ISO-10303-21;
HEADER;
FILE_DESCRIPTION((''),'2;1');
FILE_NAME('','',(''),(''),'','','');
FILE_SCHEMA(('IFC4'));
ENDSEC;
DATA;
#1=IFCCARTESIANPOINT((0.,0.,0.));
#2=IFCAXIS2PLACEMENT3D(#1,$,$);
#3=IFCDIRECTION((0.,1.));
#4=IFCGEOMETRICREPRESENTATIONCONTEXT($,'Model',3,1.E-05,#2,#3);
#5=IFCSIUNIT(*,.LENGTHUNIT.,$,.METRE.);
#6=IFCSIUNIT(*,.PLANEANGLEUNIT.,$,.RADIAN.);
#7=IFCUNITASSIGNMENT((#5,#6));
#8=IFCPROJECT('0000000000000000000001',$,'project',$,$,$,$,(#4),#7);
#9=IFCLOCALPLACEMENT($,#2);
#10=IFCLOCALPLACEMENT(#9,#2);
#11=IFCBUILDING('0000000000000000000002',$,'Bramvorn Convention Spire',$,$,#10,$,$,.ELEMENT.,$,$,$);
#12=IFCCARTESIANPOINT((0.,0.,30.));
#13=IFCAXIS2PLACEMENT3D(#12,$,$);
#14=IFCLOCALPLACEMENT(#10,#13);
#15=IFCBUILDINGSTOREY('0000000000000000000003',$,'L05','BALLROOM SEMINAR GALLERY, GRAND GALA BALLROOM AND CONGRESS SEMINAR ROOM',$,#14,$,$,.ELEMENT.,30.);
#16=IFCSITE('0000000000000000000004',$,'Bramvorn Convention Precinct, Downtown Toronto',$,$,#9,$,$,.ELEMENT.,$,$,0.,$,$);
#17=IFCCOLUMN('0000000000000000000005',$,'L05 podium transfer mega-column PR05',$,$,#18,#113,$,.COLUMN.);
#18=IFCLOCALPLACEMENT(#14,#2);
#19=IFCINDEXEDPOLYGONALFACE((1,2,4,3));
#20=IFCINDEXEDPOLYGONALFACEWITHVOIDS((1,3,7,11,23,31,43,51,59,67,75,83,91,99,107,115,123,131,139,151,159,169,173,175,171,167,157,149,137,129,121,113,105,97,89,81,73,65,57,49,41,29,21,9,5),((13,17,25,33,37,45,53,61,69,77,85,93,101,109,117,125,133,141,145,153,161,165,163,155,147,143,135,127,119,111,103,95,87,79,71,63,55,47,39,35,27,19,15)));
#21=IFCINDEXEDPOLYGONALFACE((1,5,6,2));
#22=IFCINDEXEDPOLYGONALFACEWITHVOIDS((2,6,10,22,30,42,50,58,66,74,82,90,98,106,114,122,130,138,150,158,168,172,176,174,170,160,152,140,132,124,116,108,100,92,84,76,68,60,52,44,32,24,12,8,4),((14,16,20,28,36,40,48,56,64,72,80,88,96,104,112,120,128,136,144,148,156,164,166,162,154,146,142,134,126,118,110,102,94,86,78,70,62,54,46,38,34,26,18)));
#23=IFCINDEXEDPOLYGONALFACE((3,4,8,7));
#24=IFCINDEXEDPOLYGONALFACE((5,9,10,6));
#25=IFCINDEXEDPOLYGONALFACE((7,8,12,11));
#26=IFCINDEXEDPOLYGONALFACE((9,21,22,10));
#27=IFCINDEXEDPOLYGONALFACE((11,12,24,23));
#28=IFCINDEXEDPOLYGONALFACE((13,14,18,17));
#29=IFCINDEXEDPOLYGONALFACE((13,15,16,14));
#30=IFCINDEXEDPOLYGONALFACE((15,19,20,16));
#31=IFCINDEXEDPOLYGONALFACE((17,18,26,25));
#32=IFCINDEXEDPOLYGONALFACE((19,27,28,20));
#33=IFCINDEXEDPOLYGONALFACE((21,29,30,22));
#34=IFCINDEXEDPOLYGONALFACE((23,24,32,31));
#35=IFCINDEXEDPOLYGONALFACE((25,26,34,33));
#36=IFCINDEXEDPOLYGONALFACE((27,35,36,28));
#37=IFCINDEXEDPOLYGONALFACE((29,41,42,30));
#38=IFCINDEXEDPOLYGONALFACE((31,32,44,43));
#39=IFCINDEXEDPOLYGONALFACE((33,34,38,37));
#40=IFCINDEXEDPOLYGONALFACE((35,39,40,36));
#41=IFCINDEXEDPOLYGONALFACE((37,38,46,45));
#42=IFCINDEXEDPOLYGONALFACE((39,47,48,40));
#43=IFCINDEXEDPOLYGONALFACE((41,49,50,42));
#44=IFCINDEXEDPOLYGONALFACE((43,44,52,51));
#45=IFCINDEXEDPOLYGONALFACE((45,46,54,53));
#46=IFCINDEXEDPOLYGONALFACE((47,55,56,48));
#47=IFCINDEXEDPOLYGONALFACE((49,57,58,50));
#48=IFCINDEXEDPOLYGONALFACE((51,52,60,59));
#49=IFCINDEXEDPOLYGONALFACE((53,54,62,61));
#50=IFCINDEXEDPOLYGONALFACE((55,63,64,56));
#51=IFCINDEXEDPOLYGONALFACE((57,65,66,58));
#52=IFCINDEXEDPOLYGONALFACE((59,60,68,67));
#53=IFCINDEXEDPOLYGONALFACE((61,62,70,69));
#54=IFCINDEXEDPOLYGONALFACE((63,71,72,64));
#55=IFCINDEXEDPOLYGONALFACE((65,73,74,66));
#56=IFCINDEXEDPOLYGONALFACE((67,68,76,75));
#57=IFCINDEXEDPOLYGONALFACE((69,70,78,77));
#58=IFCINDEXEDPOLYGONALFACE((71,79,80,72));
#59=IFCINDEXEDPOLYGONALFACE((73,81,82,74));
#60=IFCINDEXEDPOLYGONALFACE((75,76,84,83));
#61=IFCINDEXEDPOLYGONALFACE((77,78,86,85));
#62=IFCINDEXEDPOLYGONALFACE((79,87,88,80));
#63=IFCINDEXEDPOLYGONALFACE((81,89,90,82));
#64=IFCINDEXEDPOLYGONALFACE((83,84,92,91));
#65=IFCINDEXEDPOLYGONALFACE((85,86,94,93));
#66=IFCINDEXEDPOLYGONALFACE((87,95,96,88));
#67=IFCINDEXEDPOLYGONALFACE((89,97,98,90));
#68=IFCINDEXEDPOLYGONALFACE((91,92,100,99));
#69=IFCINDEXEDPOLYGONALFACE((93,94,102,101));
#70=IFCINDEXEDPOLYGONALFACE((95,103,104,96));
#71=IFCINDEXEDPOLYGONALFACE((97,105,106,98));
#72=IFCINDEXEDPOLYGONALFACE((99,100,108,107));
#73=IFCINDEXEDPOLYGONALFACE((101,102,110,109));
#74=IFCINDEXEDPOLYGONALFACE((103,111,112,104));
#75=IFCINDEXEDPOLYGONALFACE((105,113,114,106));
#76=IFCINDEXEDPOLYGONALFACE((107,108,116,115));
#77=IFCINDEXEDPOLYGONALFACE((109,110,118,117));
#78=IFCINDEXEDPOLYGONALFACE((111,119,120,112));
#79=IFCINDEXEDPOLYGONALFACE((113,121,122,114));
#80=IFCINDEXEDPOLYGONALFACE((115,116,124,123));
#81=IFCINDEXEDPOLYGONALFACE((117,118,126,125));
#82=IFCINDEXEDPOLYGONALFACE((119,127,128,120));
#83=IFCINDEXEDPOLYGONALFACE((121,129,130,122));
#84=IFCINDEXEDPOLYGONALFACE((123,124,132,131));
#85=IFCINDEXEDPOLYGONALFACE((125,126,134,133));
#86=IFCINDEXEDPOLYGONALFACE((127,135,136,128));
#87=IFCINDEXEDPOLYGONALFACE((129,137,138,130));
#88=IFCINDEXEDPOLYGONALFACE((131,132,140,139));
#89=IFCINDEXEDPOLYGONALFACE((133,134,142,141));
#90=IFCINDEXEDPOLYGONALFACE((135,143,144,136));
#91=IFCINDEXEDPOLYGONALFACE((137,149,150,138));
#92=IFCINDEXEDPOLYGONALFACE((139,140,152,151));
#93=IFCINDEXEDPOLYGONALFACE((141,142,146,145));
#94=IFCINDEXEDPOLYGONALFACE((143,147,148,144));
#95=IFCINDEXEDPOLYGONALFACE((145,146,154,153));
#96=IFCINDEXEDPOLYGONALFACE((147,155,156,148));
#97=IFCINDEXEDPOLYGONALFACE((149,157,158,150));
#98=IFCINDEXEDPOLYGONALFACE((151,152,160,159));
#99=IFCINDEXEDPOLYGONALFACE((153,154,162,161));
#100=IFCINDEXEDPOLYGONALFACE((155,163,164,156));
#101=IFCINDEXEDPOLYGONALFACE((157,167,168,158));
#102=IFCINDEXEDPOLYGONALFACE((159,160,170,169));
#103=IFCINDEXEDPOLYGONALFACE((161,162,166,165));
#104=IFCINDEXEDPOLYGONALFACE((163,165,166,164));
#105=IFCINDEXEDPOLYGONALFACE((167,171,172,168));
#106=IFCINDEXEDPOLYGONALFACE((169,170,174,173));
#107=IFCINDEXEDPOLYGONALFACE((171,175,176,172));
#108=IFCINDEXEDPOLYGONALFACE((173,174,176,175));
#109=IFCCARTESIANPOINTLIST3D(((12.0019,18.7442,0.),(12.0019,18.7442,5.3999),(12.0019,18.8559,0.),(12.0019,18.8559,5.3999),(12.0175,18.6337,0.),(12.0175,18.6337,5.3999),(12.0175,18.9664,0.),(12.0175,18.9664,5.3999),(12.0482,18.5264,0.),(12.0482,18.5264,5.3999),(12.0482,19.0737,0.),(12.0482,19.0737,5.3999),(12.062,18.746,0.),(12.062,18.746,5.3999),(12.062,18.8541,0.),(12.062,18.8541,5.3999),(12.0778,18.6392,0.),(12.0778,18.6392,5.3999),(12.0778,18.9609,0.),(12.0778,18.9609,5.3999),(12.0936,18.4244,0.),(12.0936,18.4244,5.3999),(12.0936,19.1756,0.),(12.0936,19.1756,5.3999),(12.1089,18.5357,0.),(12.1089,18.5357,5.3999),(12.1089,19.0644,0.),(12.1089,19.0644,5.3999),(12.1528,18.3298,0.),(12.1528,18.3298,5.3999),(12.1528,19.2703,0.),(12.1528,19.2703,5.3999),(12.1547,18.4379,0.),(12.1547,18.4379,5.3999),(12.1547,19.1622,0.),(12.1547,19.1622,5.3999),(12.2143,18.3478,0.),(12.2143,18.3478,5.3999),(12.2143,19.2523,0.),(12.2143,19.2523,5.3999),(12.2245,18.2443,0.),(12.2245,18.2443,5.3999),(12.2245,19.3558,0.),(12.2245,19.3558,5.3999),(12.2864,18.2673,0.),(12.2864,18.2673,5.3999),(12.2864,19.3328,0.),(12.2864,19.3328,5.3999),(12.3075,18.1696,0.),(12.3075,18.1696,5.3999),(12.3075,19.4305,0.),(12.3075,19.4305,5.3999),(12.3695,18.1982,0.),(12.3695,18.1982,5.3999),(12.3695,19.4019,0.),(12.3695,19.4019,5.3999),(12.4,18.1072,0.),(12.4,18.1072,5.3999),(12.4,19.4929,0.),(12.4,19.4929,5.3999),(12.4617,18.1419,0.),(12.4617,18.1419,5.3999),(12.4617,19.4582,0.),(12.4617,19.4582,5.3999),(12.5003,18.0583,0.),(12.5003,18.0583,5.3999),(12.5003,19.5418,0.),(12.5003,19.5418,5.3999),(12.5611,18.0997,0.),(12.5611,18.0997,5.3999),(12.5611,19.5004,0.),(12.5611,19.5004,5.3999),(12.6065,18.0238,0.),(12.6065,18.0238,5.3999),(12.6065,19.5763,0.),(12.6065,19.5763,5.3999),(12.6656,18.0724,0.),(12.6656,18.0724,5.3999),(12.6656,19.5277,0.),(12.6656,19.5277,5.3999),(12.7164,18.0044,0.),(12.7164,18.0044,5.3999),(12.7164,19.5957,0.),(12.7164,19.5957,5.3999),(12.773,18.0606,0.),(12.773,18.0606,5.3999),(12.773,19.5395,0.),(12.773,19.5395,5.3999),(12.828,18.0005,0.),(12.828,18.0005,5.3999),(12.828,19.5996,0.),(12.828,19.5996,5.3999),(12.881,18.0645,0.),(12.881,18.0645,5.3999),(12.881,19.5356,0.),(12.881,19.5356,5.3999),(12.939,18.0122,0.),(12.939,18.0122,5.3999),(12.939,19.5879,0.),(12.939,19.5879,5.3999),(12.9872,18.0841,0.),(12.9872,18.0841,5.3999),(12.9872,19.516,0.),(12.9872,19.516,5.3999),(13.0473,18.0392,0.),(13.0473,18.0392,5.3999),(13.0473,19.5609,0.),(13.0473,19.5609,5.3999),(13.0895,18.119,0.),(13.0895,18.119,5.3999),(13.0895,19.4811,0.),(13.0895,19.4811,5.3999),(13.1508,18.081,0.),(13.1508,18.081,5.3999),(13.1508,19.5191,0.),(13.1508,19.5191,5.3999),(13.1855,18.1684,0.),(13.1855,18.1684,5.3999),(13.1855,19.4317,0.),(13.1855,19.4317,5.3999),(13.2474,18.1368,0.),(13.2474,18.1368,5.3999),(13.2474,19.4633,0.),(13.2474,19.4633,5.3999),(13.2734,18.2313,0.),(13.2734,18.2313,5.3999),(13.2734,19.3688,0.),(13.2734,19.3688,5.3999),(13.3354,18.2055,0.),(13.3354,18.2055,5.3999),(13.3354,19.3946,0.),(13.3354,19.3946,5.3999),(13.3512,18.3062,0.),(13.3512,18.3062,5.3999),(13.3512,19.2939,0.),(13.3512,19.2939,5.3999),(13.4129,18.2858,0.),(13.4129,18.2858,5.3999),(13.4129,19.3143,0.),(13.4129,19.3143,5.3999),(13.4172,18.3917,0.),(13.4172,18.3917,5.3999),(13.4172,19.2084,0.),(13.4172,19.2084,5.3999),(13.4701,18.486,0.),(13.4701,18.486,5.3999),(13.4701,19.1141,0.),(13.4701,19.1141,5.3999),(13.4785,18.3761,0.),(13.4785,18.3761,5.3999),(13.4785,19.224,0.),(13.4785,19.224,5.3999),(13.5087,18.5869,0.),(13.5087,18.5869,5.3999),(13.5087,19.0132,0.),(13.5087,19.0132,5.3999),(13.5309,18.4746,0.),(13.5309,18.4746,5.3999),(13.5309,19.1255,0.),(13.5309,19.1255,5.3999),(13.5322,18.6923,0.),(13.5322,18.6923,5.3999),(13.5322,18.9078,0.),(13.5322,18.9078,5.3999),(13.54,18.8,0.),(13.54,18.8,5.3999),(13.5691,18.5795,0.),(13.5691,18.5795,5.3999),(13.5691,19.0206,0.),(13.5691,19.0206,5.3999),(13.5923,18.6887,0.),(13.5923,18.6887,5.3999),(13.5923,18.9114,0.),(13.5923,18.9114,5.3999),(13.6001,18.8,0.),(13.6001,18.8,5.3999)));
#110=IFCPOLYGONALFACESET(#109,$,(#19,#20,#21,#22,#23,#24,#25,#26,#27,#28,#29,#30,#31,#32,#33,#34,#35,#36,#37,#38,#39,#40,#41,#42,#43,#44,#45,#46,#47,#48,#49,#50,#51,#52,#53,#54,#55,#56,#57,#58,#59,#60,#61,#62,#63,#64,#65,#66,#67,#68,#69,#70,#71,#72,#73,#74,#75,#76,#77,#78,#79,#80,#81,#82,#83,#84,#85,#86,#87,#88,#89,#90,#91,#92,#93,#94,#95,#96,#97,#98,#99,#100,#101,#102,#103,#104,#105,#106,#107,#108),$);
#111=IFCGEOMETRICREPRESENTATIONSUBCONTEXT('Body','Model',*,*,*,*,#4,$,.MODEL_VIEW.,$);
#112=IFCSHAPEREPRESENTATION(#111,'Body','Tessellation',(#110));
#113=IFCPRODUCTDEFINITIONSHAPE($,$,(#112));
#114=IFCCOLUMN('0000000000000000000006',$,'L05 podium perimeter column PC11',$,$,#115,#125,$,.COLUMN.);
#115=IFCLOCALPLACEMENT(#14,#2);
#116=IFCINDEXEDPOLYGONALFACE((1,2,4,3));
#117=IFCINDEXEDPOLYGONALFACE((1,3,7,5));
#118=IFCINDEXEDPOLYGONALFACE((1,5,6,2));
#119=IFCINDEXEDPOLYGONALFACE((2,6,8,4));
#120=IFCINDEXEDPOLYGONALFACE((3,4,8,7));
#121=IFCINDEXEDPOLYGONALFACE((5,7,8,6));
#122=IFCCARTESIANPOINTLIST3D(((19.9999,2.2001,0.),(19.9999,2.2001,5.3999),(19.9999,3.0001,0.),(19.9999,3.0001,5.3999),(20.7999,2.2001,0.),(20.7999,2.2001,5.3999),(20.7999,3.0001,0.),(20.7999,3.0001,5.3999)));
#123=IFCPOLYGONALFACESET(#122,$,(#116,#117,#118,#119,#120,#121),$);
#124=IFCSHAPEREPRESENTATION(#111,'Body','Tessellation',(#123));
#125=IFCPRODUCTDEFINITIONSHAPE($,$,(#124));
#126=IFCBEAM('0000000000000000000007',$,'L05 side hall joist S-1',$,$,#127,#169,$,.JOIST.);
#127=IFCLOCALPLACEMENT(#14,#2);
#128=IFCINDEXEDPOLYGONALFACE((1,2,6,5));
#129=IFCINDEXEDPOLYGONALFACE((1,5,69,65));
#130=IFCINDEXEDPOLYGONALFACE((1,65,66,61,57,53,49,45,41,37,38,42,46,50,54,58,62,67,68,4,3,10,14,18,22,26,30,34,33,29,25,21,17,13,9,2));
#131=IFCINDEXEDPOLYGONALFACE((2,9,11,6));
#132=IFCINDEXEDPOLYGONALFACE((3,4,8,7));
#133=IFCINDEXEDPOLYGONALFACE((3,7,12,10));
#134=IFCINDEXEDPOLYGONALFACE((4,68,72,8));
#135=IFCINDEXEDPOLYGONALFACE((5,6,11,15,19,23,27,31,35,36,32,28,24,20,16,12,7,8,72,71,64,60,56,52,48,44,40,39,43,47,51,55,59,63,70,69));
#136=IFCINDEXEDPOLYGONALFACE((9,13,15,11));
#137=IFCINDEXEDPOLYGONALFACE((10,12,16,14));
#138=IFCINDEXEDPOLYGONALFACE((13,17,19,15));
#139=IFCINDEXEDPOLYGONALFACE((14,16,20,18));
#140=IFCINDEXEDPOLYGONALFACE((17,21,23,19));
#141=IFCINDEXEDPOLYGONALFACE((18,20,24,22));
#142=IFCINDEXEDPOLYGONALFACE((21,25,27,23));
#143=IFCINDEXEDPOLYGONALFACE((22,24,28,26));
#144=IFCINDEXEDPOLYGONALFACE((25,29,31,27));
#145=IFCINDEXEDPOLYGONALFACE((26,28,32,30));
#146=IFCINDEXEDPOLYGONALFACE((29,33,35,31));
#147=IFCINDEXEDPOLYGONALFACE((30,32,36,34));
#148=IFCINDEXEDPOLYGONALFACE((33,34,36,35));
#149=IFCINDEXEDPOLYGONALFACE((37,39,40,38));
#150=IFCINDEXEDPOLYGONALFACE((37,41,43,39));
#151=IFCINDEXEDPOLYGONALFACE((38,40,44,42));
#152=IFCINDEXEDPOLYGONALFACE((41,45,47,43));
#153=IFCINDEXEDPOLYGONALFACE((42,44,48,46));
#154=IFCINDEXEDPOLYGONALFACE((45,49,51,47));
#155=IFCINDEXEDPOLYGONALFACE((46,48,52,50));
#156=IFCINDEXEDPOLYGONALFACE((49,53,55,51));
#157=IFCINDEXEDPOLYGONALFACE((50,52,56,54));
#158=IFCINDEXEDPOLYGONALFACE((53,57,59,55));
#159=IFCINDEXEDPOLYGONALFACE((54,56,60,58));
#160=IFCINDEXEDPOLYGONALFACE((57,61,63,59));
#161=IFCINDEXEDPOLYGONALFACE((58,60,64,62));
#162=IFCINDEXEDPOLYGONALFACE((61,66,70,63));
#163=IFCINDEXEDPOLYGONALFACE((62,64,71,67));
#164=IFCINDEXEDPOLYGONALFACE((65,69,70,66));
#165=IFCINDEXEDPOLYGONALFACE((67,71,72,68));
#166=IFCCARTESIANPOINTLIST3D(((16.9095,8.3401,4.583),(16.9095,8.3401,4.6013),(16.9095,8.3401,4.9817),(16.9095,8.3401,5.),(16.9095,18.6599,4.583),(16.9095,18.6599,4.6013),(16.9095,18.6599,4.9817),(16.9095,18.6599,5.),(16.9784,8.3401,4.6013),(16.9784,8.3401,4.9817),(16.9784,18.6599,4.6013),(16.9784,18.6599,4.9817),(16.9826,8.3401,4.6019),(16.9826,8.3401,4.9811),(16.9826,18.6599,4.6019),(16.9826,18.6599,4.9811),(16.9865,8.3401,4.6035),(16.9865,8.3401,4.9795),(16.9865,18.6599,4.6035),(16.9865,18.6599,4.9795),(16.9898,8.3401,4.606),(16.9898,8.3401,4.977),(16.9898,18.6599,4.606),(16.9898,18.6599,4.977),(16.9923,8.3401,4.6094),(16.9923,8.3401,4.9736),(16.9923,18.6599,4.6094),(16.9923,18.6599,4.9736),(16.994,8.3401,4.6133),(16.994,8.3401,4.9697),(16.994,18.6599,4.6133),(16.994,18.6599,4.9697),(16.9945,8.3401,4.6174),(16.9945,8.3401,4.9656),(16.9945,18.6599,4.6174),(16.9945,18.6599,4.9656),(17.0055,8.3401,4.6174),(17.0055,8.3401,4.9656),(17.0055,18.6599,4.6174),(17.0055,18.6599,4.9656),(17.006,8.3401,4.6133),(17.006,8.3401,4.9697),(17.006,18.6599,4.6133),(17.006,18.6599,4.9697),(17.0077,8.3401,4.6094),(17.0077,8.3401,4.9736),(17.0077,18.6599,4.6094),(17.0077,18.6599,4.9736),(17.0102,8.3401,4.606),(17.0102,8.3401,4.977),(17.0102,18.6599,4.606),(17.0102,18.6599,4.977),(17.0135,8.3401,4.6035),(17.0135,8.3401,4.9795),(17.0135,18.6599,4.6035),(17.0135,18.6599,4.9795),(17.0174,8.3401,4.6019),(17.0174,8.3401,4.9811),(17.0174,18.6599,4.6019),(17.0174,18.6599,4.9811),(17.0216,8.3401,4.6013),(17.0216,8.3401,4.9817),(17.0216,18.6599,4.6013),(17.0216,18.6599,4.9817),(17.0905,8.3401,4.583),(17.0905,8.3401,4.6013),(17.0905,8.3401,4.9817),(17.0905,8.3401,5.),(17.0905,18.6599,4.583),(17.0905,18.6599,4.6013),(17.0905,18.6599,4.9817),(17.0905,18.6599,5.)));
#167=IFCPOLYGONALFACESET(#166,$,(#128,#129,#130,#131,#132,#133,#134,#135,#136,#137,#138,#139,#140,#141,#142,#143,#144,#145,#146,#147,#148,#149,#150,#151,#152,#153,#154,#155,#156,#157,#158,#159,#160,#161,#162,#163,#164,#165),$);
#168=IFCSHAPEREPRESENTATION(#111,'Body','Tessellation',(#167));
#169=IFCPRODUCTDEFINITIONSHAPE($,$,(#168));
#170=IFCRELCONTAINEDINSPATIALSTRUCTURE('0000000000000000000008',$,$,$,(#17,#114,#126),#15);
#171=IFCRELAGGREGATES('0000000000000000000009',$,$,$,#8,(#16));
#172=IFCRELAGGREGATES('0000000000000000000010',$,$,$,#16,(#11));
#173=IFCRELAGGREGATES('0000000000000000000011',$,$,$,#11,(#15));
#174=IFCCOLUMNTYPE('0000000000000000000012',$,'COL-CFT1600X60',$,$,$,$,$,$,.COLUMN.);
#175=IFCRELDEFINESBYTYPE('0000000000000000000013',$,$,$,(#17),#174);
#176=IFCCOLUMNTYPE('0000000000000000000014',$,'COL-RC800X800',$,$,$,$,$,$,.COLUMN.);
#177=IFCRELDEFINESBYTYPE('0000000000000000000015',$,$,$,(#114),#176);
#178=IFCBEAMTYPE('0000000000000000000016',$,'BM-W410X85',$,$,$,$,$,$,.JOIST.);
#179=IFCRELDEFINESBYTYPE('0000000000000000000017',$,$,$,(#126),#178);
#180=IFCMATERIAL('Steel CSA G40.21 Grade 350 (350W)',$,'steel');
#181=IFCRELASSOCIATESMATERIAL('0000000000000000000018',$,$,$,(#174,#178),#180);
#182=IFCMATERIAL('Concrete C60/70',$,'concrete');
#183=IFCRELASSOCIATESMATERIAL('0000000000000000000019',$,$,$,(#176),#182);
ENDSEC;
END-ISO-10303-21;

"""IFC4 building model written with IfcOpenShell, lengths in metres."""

from ifc_helpers import new_model, si_unit, direction, frame, origin, origin_2d, place, context, subcontext, project, spatial, rectangle, hollow_circle, i_section, extrude, material, material_profile, profile_set, type_object, element, save


model = new_model("IFC4")

# Units and contexts
model_context = context("Model", 3, precision=1e-05, world=origin(), true_north=direction((0.0, 1.0)))
body_context = subcontext(model_context, "Body", "Model", "MODEL_VIEW")
ifc_project = project(units=[si_unit("LENGTHUNIT", "METRE"), si_unit("PLANEANGLEUNIT", "RADIAN")], contexts=[model_context])

# Site, building, storey
site_placement = place(None, origin())
site = spatial("IfcSite", under=ifc_project, at=site_placement, Name="Bramvorn Convention Precinct, Downtown Toronto", CompositionType="ELEMENT", RefElevation=0.0)
building_placement = place(site_placement, origin())
building = spatial("IfcBuilding", under=site, at=building_placement, Name="Bramvorn Convention Spire", CompositionType="ELEMENT")
storey_placement = place(building_placement, frame((0.0, 0.0, 30.0)))
storey = spatial("IfcBuildingStorey", under=building, at=storey_placement, Name="L05", Description="BALLROOM SEMINAR GALLERY, GRAND GALA BALLROOM AND CONGRESS SEMINAR ROOM", CompositionType="ELEMENT", Elevation=30.0)

# Columns
ifc_material_1 = material(Name="Steel CSA G40.21 Grade 350 (350W)", Category="steel")
ifc_material_profile_1 = material_profile(ifc_material_1, hollow_circle(Radius=0.8, WallThickness=0.0601, at=origin_2d()))
ifc_profile_set_1 = profile_set([ifc_material_profile_1], Name="Steel CSA G40.21 Grade 350 (350W) - CFT1600X60")
column_type_1 = type_object("IfcColumnType", Name="COL-CFT1600X60", PredefinedType="COLUMN", material=ifc_profile_set_1)
for number, where, z_axis, x_axis, name in (
    (1, (12.8, 18.8, 0.0), (0.0, 0.0, 1.0), (1.0, 0.0, 0.0), "L05 podium transfer mega-column PR05"),
):
    element("IfcColumn", number, at=place(storey_placement, frame(where, z_axis=z_axis, x_axis=x_axis)), inside=storey, type_object=column_type_1, Name=name, PredefinedType="COLUMN", context=body_context, shape_type="SweptSolid", body=[
        extrude(hollow_circle(Radius=0.8, WallThickness=0.0601, at=origin_2d()), origin(), (0.0, 0.0, 1.0), 5.3999),
    ])
ifc_material_2 = material(Name="Concrete C60/70", Category="concrete")
ifc_material_profile_2 = material_profile(ifc_material_2, rectangle(XDim=0.8, YDim=0.8, at=origin_2d()))
ifc_profile_set_2 = profile_set([ifc_material_profile_2], Name="Concrete C60/70 - RC800X800")
column_type_2 = type_object("IfcColumnType", Name="COL-RC800X800", PredefinedType="COLUMN", material=ifc_profile_set_2)
column_placement = place(storey_placement, frame((20.3999, 2.6001, 0.0), z_axis=(0.0, 0.0, 1.0), x_axis=(1.0, 0.0, 0.0)))
element("IfcColumn", 2, at=column_placement, inside=storey, type_object=column_type_2, Name="L05 podium perimeter column PC11", PredefinedType="COLUMN", context=body_context, shape_type="SweptSolid", body=[
    extrude(rectangle(XDim=0.8, YDim=0.8, at=origin_2d()), origin(), (0.0, 0.0, 1.0), 5.3999),
])

# Beam
ifc_material_profile_3 = material_profile(ifc_material_1, i_section(OverallWidth=0.1809, OverallDepth=0.417, WebThickness=0.011, FlangeThickness=0.0183, FilletRadius=0.0161, at=origin_2d()))
ifc_profile_set_3 = profile_set([ifc_material_profile_3], Name="Steel CSA G40.21 Grade 350 (350W) - W410X85")
beam_type_1 = type_object("IfcBeamType", Name="BM-W410X85", PredefinedType="JOIST", material=ifc_profile_set_3)
for number, where, z_axis, x_axis, name in (
    (3, (17.0, 8.3401, 4.7915), (0.0, 1.0, 0.0), (-1.0, 0.0, 0.0), "L05 side hall joist S-1"),
):
    element("IfcBeam", number, at=place(storey_placement, frame(where, z_axis=z_axis, x_axis=x_axis)), inside=storey, type_object=beam_type_1, Name=name, PredefinedType="JOIST", context=body_context, shape_type="SweptSolid", body=[
        extrude(i_section(OverallWidth=0.1809, OverallDepth=0.417, WebThickness=0.011, FlangeThickness=0.0183, FilletRadius=0.0161, at=origin_2d()), origin(), (0.0, 0.0, 1.0), 10.3198),
    ])

save(model, "model.ifc")
